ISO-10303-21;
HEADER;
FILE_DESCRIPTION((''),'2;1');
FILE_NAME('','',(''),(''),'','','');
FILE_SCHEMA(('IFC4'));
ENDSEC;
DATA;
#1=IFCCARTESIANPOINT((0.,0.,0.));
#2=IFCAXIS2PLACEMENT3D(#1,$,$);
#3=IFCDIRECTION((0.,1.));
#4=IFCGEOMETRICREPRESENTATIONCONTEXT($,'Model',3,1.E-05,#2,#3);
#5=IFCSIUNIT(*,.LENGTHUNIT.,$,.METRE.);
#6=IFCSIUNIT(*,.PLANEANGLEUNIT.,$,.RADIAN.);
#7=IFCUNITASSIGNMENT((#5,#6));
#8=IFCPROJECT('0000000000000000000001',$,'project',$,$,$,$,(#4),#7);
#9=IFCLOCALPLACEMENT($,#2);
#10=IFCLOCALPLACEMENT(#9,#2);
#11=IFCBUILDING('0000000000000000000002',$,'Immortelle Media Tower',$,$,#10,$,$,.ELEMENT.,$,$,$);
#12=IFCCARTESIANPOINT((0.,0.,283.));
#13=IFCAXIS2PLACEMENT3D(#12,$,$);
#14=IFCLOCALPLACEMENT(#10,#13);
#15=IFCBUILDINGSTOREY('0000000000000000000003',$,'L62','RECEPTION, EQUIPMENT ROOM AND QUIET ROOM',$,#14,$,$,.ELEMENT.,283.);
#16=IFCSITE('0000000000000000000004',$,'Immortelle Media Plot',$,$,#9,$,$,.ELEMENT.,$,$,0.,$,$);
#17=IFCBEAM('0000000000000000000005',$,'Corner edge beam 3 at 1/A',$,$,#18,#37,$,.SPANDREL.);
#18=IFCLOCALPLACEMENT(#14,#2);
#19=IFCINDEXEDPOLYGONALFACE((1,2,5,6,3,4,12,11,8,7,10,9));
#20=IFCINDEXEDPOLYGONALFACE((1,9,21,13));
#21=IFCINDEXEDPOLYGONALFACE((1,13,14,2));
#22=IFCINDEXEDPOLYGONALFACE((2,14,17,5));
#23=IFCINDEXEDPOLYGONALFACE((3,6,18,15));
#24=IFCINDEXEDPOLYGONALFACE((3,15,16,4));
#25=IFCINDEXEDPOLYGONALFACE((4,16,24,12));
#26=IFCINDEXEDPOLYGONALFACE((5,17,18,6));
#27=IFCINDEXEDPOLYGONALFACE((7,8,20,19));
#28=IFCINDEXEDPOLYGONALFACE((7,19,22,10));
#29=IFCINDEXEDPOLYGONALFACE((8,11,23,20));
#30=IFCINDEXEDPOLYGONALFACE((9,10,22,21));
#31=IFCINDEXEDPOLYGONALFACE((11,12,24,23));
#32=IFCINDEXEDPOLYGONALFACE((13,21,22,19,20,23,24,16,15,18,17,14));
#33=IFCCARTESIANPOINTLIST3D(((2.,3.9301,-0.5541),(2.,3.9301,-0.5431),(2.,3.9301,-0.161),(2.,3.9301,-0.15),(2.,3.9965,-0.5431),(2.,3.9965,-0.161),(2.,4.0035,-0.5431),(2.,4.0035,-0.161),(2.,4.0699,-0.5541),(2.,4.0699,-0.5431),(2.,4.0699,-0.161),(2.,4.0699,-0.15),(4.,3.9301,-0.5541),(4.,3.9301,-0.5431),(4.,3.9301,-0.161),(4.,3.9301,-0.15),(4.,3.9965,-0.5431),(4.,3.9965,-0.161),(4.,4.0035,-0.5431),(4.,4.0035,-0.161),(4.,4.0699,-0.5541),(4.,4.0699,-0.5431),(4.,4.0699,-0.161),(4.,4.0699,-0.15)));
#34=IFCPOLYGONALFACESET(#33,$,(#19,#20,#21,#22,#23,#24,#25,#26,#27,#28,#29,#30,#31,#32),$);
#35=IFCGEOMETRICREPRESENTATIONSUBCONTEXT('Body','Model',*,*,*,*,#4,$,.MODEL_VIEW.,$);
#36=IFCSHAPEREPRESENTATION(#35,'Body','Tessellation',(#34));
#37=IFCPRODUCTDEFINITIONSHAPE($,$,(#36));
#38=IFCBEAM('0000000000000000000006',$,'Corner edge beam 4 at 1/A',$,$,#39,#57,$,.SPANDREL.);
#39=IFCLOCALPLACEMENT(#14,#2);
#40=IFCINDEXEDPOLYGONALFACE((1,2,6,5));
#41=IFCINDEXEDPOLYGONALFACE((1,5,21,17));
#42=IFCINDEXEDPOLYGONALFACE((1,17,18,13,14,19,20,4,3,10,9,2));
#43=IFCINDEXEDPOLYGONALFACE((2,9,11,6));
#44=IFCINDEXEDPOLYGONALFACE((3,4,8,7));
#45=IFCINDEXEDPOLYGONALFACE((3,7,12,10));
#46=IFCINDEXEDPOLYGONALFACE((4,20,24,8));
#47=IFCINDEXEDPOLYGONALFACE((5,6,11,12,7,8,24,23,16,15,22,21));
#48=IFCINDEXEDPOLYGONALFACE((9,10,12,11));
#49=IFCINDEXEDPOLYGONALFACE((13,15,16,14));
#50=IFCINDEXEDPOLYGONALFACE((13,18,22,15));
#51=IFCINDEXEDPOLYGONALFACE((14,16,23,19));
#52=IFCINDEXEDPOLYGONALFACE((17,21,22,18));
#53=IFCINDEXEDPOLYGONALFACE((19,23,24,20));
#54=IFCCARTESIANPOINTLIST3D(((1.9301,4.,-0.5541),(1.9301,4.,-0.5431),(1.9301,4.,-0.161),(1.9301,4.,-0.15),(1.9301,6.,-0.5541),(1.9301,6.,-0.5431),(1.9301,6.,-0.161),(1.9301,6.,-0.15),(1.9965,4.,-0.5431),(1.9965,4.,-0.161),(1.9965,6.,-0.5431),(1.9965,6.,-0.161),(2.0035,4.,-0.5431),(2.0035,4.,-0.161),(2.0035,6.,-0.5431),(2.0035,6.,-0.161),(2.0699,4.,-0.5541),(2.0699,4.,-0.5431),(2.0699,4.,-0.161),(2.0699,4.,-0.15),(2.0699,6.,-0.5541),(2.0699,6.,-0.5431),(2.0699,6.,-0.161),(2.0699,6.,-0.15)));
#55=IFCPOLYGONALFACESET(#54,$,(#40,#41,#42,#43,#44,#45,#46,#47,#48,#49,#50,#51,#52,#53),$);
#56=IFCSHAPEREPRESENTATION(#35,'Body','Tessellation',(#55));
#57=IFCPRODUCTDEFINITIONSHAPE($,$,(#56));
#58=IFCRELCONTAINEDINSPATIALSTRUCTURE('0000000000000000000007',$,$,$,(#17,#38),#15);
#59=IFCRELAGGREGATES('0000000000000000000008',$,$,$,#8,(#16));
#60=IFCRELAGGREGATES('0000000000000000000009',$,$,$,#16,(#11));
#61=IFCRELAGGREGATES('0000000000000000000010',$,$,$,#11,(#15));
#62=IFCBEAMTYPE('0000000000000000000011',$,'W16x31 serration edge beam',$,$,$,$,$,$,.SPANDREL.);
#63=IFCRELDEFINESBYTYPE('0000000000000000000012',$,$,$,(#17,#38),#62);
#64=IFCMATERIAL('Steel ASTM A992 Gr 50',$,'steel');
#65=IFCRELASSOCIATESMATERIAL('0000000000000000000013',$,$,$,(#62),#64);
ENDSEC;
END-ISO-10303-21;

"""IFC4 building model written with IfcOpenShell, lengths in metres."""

from ifc_helpers import new_model, si_unit, direction, frame, origin, origin_2d, place, context, subcontext, project, spatial, i_section, extrude, material, material_profile, profile_set, type_object, element, save


model = new_model("IFC4")

# Units and contexts
model_context = context("Model", 3, precision=1e-05, world=origin(), true_north=direction((0.0, 1.0)))
body_context = subcontext(model_context, "Body", "Model", "MODEL_VIEW")
ifc_project = project(units=[si_unit("LENGTHUNIT", "METRE"), si_unit("PLANEANGLEUNIT", "RADIAN")], contexts=[model_context])

# Site, building, storey
site_placement = place(None, origin())
site = spatial("IfcSite", under=ifc_project, at=site_placement, Name="Immortelle Media Plot", CompositionType="ELEMENT", RefElevation=0.0)
building_placement = place(site_placement, origin())
building = spatial("IfcBuilding", under=site, at=building_placement, Name="Immortelle Media Tower", CompositionType="ELEMENT")
storey_placement = place(building_placement, frame((0.0, 0.0, 283.0)))
storey = spatial("IfcBuildingStorey", under=building, at=storey_placement, Name="L62", Description="RECEPTION, EQUIPMENT ROOM AND QUIET ROOM", CompositionType="ELEMENT", Elevation=283.0)

# Beams
ifc_material_1 = material(Name="Steel ASTM A992 Gr 50", Category="steel")
ifc_material_profile = material_profile(ifc_material_1, i_section(OverallWidth=0.1399, OverallDepth=0.4041, WebThickness=0.0071, FlangeThickness=0.011, at=origin_2d()), Name="W16x31")
ifc_profile_set = profile_set([ifc_material_profile], Name="Steel ASTM A992 Gr 50")
beam_type = type_object("IfcBeamType", Name="W16x31 serration edge beam", PredefinedType="SPANDREL", material=ifc_profile_set)
for number, where, z_axis, x_axis, name in (
    (1, (4.0, 4.0, -0.3521), (-1.0, 0.0, 0.0), (0.0, -1.0, 0.0), "Corner edge beam 3 at 1/A"),
    (2, (2.0, 4.0, -0.3521), (0.0, 1.0, 0.0), (-1.0, 0.0, 0.0), "Corner edge beam 4 at 1/A"),
):
    element("IfcBeam", number, at=place(storey_placement, frame(where, z_axis=z_axis, x_axis=x_axis)), inside=storey, type_object=beam_type, Name=name, PredefinedType="SPANDREL", context=body_context, shape_type="SweptSolid", body=[
        extrude(i_section(OverallWidth=0.1399, OverallDepth=0.4041, WebThickness=0.0071, FlangeThickness=0.011, at=origin_2d()), origin(), (0.0, 0.0, 1.0), 2.0),
    ])

save(model, "model.ifc")
